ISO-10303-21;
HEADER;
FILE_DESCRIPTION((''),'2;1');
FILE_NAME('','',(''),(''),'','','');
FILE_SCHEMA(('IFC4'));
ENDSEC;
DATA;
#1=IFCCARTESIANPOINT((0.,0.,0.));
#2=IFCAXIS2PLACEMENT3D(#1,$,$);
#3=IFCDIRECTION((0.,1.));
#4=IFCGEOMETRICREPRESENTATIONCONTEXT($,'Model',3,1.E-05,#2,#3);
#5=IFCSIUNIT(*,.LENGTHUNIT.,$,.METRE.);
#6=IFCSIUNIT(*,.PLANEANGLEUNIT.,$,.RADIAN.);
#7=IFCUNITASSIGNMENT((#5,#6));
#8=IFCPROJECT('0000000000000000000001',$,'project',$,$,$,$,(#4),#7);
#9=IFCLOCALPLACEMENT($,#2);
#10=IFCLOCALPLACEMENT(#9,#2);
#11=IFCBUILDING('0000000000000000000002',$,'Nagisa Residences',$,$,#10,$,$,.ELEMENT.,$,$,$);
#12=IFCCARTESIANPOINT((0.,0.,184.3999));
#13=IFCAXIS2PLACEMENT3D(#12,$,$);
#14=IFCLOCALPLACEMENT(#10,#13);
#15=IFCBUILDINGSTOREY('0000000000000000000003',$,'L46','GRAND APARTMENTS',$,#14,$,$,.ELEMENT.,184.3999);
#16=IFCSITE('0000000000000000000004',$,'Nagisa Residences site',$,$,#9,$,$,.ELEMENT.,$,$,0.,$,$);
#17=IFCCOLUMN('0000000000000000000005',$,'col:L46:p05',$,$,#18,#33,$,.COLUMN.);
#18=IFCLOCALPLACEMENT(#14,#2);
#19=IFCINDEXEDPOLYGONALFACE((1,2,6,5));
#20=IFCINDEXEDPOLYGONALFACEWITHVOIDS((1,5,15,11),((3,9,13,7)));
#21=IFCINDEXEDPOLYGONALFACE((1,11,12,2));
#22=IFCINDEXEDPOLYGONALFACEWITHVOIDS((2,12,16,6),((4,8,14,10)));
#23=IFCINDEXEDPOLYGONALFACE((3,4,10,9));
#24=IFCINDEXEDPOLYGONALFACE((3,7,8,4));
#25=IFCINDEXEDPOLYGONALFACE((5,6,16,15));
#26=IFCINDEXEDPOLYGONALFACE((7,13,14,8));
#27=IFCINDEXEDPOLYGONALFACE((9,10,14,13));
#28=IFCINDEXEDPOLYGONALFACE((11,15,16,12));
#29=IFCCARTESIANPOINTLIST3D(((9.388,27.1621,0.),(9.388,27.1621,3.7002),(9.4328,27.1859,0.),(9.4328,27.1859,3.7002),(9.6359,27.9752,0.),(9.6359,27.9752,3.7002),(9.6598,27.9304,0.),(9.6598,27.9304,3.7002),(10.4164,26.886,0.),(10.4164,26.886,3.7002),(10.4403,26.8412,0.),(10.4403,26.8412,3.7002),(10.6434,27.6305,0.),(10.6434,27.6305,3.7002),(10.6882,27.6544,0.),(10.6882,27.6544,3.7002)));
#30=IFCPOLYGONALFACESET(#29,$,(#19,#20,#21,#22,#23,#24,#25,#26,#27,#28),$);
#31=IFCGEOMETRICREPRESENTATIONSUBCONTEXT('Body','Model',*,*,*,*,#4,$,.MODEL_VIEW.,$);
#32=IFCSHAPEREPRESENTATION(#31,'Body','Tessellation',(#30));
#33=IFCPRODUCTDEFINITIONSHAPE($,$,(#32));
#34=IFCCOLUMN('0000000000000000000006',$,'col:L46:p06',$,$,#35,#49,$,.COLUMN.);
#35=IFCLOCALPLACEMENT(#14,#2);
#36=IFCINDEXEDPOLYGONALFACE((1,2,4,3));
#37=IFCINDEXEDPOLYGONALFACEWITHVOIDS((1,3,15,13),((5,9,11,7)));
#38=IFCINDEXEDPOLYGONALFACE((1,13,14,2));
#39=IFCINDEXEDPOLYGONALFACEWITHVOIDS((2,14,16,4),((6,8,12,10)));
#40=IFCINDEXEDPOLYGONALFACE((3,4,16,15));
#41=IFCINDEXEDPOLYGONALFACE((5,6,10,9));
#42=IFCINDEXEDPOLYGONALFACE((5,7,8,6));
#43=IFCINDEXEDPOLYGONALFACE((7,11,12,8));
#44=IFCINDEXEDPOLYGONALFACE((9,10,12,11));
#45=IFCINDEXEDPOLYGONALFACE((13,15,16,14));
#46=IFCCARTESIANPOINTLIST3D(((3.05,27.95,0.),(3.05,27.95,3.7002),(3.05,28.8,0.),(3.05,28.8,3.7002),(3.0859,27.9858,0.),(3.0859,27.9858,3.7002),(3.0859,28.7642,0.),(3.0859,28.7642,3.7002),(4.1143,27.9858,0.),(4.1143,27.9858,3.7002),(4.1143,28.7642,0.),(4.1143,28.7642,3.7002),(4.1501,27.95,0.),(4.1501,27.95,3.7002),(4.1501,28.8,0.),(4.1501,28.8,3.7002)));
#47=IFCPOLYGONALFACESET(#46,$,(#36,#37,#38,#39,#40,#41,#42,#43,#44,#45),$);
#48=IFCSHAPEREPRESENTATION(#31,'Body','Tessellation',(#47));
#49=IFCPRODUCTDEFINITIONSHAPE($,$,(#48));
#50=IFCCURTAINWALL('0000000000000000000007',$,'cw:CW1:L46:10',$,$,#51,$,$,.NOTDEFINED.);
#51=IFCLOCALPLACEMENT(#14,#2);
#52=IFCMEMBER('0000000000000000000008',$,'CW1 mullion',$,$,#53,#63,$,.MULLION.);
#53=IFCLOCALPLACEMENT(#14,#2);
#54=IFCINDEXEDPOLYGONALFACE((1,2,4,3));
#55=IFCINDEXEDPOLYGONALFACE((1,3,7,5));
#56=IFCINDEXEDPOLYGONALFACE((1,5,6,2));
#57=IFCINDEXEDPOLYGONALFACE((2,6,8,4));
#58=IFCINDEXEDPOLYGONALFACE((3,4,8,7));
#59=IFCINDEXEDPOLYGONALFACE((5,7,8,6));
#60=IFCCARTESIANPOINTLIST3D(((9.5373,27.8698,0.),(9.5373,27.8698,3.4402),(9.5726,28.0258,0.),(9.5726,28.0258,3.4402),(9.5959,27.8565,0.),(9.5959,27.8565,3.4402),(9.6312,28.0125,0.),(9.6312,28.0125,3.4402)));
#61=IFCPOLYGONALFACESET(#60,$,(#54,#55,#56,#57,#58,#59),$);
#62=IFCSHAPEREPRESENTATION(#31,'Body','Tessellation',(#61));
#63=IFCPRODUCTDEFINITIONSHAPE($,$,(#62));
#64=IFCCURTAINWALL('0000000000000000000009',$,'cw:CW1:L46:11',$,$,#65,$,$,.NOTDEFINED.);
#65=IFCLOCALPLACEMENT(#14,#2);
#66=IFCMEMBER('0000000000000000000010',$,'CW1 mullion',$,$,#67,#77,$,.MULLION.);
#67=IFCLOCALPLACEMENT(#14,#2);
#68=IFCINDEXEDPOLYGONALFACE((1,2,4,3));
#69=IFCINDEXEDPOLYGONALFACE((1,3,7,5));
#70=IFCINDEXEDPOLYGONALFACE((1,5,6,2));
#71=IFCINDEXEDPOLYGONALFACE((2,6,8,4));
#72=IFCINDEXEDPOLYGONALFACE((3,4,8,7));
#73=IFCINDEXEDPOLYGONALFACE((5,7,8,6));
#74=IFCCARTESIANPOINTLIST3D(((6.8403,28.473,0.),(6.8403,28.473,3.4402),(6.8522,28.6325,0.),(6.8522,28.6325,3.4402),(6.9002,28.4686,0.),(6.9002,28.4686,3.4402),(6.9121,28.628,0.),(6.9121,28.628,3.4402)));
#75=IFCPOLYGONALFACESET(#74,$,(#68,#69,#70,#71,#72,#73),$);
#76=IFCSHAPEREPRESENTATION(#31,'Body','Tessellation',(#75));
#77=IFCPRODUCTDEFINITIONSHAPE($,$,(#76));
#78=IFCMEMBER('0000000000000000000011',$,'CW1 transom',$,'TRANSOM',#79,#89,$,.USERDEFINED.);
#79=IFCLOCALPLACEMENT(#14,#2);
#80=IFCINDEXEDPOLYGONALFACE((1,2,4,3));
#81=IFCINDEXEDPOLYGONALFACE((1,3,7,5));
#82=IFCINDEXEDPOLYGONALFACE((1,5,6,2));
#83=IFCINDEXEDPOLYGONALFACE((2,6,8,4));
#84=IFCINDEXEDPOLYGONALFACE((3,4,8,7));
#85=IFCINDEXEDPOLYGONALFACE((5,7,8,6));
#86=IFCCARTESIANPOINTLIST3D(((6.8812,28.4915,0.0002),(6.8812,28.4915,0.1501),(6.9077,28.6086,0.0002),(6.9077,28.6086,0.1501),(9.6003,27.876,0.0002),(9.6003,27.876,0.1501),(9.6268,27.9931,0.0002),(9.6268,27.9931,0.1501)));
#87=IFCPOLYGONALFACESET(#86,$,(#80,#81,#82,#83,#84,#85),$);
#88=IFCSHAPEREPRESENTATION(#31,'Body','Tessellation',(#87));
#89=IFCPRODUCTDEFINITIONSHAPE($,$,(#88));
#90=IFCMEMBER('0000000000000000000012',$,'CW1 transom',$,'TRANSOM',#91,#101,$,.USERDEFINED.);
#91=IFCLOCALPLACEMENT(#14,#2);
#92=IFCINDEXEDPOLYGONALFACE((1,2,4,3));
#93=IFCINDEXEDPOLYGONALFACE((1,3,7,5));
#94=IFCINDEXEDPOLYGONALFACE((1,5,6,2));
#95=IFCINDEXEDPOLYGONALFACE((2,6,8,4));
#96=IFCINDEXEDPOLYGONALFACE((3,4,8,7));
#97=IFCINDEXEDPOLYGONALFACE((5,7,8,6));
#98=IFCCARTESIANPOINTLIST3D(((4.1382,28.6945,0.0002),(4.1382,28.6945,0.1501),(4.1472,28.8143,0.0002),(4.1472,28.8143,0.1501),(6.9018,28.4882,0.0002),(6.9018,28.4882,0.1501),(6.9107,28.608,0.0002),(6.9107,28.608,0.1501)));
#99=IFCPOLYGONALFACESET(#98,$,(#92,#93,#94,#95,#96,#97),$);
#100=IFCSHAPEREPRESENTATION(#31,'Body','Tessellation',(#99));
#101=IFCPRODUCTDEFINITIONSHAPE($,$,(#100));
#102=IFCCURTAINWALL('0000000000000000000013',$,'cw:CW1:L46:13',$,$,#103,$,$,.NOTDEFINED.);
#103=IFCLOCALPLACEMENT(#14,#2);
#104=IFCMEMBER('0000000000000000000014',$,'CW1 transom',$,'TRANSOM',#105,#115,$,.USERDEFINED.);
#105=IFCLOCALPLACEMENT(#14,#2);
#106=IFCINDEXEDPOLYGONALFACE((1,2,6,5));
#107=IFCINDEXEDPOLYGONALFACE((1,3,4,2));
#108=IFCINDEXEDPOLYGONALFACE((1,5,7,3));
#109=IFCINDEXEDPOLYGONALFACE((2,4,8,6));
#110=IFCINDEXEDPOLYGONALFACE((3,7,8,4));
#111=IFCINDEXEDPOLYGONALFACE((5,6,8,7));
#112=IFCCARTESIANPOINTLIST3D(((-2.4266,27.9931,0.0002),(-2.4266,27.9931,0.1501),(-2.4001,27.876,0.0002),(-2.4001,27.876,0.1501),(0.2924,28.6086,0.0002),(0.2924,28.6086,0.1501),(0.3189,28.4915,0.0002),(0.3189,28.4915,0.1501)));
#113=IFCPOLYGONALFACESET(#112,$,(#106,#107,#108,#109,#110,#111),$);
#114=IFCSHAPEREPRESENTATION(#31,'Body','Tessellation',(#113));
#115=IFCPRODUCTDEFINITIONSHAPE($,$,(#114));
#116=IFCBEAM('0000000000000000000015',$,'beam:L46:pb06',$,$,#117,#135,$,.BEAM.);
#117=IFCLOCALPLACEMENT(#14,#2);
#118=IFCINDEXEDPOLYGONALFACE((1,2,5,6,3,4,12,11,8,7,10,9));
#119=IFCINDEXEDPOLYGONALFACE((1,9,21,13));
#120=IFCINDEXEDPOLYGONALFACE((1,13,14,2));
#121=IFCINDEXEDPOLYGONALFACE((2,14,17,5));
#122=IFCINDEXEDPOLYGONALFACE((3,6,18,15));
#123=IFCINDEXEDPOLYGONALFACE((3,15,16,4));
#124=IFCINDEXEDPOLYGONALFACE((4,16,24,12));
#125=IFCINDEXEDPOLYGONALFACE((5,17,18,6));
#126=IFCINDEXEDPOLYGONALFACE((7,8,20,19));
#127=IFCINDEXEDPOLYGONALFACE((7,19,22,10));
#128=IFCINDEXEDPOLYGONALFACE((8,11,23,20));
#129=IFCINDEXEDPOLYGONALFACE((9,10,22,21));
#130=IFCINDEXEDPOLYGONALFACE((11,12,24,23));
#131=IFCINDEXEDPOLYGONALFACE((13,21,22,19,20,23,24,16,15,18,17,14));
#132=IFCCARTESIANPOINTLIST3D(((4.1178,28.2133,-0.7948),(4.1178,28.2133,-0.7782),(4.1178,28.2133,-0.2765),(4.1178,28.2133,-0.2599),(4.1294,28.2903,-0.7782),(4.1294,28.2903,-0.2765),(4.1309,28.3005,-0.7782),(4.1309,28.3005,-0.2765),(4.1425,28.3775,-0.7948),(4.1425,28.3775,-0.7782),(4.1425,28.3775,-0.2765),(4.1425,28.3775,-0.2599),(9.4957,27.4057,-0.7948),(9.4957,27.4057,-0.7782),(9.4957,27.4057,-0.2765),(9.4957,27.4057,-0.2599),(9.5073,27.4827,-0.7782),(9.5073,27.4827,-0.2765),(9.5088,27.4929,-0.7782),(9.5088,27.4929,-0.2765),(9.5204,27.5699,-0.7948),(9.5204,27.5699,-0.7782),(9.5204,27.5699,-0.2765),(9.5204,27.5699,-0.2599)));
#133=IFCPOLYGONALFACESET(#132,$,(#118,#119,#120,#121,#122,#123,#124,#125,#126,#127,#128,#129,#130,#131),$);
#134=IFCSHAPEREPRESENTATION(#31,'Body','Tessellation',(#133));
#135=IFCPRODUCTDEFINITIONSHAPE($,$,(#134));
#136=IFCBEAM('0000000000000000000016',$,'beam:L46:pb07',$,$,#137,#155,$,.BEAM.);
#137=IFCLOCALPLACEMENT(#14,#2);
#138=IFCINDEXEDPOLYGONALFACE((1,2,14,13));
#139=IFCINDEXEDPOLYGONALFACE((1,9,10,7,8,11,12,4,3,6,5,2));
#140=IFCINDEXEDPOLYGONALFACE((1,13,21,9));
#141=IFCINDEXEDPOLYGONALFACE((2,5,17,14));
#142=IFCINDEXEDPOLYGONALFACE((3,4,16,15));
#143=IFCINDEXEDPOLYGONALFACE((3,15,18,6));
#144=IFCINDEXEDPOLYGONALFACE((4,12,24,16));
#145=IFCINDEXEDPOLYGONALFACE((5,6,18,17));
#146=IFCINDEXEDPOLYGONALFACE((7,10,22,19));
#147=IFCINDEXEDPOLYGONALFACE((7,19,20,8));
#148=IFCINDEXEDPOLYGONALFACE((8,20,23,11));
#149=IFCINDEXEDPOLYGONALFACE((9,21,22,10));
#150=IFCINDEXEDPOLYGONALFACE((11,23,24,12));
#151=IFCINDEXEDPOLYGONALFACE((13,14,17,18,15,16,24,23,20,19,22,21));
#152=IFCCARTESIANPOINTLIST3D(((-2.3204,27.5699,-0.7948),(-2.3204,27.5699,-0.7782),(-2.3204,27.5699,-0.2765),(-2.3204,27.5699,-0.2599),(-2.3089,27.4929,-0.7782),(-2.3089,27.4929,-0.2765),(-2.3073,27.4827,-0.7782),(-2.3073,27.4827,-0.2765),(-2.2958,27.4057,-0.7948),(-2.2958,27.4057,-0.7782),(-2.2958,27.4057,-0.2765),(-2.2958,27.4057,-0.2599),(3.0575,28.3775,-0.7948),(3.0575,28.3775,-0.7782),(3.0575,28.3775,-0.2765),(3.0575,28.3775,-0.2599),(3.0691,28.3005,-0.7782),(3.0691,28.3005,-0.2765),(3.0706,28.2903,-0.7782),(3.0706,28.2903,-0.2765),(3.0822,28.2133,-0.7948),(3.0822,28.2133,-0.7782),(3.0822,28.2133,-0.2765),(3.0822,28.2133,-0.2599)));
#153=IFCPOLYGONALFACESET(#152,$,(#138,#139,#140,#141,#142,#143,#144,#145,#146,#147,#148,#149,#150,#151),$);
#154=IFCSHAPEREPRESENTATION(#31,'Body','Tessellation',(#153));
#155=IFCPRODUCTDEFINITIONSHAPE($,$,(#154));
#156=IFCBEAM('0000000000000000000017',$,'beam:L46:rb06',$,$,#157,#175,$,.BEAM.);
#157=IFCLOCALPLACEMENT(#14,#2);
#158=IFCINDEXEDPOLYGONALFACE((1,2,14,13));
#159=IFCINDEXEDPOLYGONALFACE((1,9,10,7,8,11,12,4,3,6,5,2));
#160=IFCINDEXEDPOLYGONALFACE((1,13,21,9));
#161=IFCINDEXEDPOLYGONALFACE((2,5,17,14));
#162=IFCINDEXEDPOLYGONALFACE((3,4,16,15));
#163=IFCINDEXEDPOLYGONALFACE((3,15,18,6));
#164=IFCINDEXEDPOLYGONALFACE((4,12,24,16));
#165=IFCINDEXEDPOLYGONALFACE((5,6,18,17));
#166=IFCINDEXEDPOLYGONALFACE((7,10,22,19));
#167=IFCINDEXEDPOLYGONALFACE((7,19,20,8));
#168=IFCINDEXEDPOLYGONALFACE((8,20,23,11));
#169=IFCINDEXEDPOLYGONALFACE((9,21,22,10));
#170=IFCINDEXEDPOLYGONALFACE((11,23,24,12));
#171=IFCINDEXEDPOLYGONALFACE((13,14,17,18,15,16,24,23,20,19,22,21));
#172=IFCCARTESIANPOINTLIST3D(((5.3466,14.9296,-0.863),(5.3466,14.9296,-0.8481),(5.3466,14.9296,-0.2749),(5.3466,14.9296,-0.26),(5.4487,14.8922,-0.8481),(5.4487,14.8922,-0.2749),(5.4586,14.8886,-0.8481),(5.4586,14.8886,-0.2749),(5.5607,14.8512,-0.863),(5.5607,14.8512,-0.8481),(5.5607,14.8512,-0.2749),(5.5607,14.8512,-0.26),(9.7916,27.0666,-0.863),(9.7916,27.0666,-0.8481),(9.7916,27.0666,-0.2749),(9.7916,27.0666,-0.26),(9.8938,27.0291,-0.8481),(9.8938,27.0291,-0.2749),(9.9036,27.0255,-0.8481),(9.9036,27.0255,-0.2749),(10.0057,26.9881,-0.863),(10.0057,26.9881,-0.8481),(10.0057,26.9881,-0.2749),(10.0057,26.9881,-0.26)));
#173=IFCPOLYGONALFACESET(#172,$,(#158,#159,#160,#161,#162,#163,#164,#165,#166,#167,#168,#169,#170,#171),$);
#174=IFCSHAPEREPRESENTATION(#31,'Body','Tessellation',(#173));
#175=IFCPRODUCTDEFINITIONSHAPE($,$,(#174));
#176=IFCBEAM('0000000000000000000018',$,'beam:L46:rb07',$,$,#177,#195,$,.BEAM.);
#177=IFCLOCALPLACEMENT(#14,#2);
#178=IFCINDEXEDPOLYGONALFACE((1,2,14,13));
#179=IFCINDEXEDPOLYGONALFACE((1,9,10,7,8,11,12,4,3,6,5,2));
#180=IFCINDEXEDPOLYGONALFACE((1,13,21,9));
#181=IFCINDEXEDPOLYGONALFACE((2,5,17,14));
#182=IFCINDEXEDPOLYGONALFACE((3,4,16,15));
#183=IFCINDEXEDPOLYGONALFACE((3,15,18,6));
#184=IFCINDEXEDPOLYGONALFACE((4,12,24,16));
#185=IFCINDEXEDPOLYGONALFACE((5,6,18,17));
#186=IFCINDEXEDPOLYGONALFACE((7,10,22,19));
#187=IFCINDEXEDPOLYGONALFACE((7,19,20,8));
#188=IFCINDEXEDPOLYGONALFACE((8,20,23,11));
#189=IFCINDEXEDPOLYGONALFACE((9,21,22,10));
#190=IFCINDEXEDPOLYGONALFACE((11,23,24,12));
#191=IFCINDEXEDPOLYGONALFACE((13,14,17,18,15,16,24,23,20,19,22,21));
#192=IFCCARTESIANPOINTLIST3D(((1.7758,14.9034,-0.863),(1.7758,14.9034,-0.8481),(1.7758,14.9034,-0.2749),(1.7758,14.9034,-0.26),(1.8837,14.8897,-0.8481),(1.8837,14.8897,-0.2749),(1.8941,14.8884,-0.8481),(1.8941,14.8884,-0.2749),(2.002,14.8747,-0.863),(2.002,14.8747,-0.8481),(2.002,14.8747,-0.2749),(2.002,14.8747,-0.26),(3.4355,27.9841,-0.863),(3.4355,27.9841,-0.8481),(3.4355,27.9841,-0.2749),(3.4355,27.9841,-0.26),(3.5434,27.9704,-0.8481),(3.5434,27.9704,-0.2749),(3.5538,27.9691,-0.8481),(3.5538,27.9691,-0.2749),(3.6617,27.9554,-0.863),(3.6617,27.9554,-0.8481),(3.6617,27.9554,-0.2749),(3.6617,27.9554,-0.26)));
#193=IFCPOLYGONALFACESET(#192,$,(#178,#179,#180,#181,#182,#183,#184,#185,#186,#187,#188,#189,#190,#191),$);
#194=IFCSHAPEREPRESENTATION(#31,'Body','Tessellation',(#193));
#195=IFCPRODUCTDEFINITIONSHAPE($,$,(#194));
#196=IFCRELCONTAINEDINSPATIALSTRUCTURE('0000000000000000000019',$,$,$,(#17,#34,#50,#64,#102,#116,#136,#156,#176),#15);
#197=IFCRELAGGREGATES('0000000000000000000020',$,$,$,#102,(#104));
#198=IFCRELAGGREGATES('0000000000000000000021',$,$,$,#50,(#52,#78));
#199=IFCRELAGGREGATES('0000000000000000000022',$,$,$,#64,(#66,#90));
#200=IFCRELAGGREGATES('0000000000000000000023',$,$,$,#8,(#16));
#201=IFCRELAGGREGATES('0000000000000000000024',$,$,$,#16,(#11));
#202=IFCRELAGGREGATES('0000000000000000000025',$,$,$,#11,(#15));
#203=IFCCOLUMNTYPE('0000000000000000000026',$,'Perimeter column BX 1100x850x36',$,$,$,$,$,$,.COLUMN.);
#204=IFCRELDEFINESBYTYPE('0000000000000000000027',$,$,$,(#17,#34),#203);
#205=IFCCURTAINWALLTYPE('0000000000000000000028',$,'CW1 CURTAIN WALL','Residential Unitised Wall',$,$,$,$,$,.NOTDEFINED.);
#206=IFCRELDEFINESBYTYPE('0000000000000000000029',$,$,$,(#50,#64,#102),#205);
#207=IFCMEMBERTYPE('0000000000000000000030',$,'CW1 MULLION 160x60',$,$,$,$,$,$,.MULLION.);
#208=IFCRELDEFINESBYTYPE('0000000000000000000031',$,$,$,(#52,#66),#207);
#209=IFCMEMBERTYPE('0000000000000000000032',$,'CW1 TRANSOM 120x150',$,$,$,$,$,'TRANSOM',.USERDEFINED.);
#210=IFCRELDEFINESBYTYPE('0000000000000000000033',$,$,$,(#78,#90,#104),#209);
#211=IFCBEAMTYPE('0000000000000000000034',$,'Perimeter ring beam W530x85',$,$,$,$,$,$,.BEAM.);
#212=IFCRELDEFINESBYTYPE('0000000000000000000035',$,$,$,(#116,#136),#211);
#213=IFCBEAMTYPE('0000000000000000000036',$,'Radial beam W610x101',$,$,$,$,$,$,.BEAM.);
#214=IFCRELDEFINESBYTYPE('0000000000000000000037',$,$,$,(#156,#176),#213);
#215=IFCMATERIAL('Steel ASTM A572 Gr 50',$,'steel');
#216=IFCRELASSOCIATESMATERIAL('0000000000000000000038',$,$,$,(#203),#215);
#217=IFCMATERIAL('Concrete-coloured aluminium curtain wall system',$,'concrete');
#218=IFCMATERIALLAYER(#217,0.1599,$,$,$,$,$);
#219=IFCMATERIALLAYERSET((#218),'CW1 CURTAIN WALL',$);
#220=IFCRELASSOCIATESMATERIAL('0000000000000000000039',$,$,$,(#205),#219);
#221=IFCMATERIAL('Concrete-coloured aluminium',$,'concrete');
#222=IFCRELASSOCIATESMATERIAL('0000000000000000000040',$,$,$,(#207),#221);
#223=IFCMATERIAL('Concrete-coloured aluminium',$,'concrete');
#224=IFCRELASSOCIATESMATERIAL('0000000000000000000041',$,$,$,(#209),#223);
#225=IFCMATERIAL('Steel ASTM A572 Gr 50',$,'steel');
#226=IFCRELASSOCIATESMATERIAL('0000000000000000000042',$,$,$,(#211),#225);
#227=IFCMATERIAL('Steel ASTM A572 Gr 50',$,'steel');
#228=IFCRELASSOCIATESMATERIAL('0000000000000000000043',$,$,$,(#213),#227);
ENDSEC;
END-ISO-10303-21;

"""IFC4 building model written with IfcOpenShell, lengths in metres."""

from ifc_helpers import new_model, si_unit, direction, frame, origin, origin_2d, place, context, subcontext, project, spatial, rectangle, hollow_rectangle, i_section, extrude, material, layer, layer_set, material_profile, profile_set, type_object, element, aggregate, save


model = new_model("IFC4")

# Units and contexts
model_context = context("Model", 3, precision=1e-05, world=origin(), true_north=direction((0.0, 1.0)))
body_context = subcontext(model_context, "Body", "Model", "MODEL_VIEW")
ifc_project = project(units=[si_unit("LENGTHUNIT", "METRE"), si_unit("PLANEANGLEUNIT", "RADIAN")], contexts=[model_context])

# Site, building, storey
site_placement = place(None, origin())
site = spatial("IfcSite", under=ifc_project, at=site_placement, Name="Nagisa Residences site", CompositionType="ELEMENT", RefElevation=0.0)
building_placement = place(site_placement, origin())
building = spatial("IfcBuilding", under=site, at=building_placement, Name="Nagisa Residences", CompositionType="ELEMENT")
storey_placement = place(building_placement, frame((0.0, 0.0, 184.3999)))
storey = spatial("IfcBuildingStorey", under=building, at=storey_placement, Name="L46", Description="GRAND APARTMENTS", CompositionType="ELEMENT", Elevation=184.3999)

# Columns
ifc_material_1 = material(Name="Steel ASTM A572 Gr 50", Category="steel")
ifc_material_profile_1 = material_profile(ifc_material_1, hollow_rectangle(XDim=1.1001, YDim=0.8501, WallThickness=0.0359, at=origin_2d()), Name="BX 1100x850x36")
ifc_profile_set_1 = profile_set([ifc_material_profile_1], Name="Steel ASTM A572 Gr 50")
column_type = type_object("IfcColumnType", Name="Perimeter column BX 1100x850x36", PredefinedType="COLUMN", material=ifc_profile_set_1)
for number, where, z_axis, x_axis, name in (
    (1, (10.0381, 27.4082, 0.0), (0.0, 0.0, 1.0), (-0.956525, 0.291652, 0.0), "col:L46:p05"),
    (2, (3.6001, 28.375, 0.0), (0.0, 0.0, 1.0), (-1.0, 0.0, 0.0), "col:L46:p06"),
):
    element("IfcColumn", number, at=place(storey_placement, frame(where, z_axis=z_axis, x_axis=x_axis)), inside=storey, type_object=column_type, Name=name, PredefinedType="COLUMN", context=body_context, shape_type="SweptSolid", body=[
        extrude(hollow_rectangle(XDim=1.1001, YDim=0.8501, WallThickness=0.0359, at=origin_2d()), origin(), (0.0, 0.0, 1.0), 3.7002),
    ])

# Curtain walls, members
ifc_material_2 = material(Name="Concrete-coloured aluminium curtain wall system", Category="concrete")
ifc_layer_1 = layer(ifc_material_2, 0.1599)
ifc_layer_set_1 = layer_set([ifc_layer_1], Name="CW1 CURTAIN WALL")
curtain_wall_type = type_object("IfcCurtainWallType", Name="CW1 CURTAIN WALL", Description="Residential Unitised Wall", PredefinedType="NOTDEFINED", material=ifc_layer_set_1)
curtain_wall_1_placement = place(storey_placement, origin())
curtain_wall_1 = element("IfcCurtainWall", 3, at=curtain_wall_1_placement, inside=storey, type_object=curtain_wall_type, Name="cw:CW1:L46:10", PredefinedType="NOTDEFINED")
ifc_material_3 = material(Name="Concrete-coloured aluminium", Category="concrete")
ifc_material_profile_2 = material_profile(ifc_material_3, rectangle(XDim=0.1599, YDim=0.0601, at=origin_2d()), Name="CW1 MULLION 160x60")
ifc_profile_set_2 = profile_set([ifc_material_profile_2], Name="Concrete-coloured aluminium")
member_type_1 = type_object("IfcMemberType", Name="CW1 MULLION 160x60", PredefinedType="MULLION", material=ifc_profile_set_2)
member_1_placement = place(storey_placement, frame((9.5842, 27.9412, 0.0), z_axis=(0.0, 0.0, 1.0), x_axis=(-0.220764, -0.975327, 0.0)))
member_1 = element("IfcMember", 4, at=member_1_placement, type_object=member_type_1, Name="CW1 mullion", PredefinedType="MULLION", context=body_context, shape_type="SweptSolid", body=[
    extrude(rectangle(XDim=0.1599, YDim=0.0601, at=origin_2d()), origin(), (0.0, 0.0, 1.0), 3.4402),
])
curtain_wall_2_placement = place(storey_placement, origin())
curtain_wall_2 = element("IfcCurtainWall", 5, at=curtain_wall_2_placement, inside=storey, type_object=curtain_wall_type, Name="cw:CW1:L46:11", PredefinedType="NOTDEFINED")
member_2_placement = place(storey_placement, frame((6.8762, 28.5505, 0.0), z_axis=(0.0, 0.0, 1.0), x_axis=(-0.074377, -0.99723, 0.0)))
member_2 = element("IfcMember", 6, at=member_2_placement, type_object=member_type_1, Name="CW1 mullion", PredefinedType="MULLION", context=body_context, shape_type="SweptSolid", body=[
    extrude(rectangle(XDim=0.1599, YDim=0.0601, at=origin_2d()), origin(), (0.0, 0.0, 1.0), 3.4402),
])

# Members
ifc_material_4 = material(Name="Concrete-coloured aluminium", Category="concrete")
ifc_material_profile_3 = material_profile(ifc_material_4, rectangle(XDim=0.1201, YDim=0.1499, at=origin_2d()), Name="CW1 TRANSOM 120x150")
ifc_profile_set_3 = profile_set([ifc_material_profile_3], Name="Concrete-coloured aluminium")
member_type_2 = type_object("IfcMemberType", Name="CW1 TRANSOM 120x150", ElementType="TRANSOM", PredefinedType="USERDEFINED", material=ifc_profile_set_3)
member_3_placement = place(storey_placement, frame((9.6135, 27.9346, 0.0752), z_axis=(-0.975324, 0.220777, 0.0), x_axis=(-0.220777, -0.975324, 0.0)))
member_3 = element("IfcMember", 7, at=member_3_placement, type_object=member_type_2, Name="CW1 transom", ObjectType="TRANSOM", PredefinedType="USERDEFINED", context=body_context, shape_type="SweptSolid", body=[
    extrude(rectangle(XDim=0.1201, YDim=0.1499, at=origin_2d()), origin(), (0.0, 0.0, 1.0), 2.7878),
])
member_4_placement = place(storey_placement, frame((6.9062, 28.5481, 0.0752), z_axis=(-0.997226, 0.07444, 0.0), x_axis=(-0.07444, -0.997226, 0.0)))
member_4 = element("IfcMember", 8, at=member_4_placement, type_object=member_type_2, Name="CW1 transom", ObjectType="TRANSOM", PredefinedType="USERDEFINED", context=body_context, shape_type="SweptSolid", body=[
    extrude(rectangle(XDim=0.1201, YDim=0.1499, at=origin_2d()), origin(), (0.0, 0.0, 1.0), 2.7712),
])

# Curtain wall, member
curtain_wall_3_placement = place(storey_placement, origin())
curtain_wall_3 = element("IfcCurtainWall", 9, at=curtain_wall_3_placement, inside=storey, type_object=curtain_wall_type, Name="cw:CW1:L46:13", PredefinedType="NOTDEFINED")
member_5_placement = place(storey_placement, frame((0.3057, 28.55, 0.0752), z_axis=(-0.975324, -0.220777, 0.0), x_axis=(0.220777, -0.975324, 0.0)))
member_5 = element("IfcMember", 10, at=member_5_placement, type_object=member_type_2, Name="CW1 transom", ObjectType="TRANSOM", PredefinedType="USERDEFINED", context=body_context, shape_type="SweptSolid", body=[
    extrude(rectangle(XDim=0.1201, YDim=0.1499, at=origin_2d()), origin(), (0.0, 0.0, 1.0), 2.7878),
])
aggregate(curtain_wall_3, [member_5])

# Beams
ifc_material_5 = material(Name="Steel ASTM A572 Gr 50", Category="steel")
ifc_material_profile_4 = material_profile(ifc_material_5, i_section(OverallWidth=0.166, OverallDepth=0.5349, WebThickness=0.0103, FlangeThickness=0.0166, at=origin_2d()), Name="W530x85")
ifc_profile_set_4 = profile_set([ifc_material_profile_4], Name="Steel ASTM A572 Gr 50")
beam_type_1 = type_object("IfcBeamType", Name="Perimeter ring beam W530x85", PredefinedType="BEAM", material=ifc_profile_set_4)
for number, where, z_axis, x_axis, name in (
    (11, (9.5081, 27.4878, -0.5273), (-0.988911, 0.148507, 0.0), (-0.148507, -0.988911, 0.0), "beam:L46:pb06"),
    (12, (3.0698, 28.2954, -0.5273), (-0.988911, -0.148507, 0.0), (0.148507, -0.988911, 0.0), "beam:L46:pb07"),
):
    element("IfcBeam", number, at=place(storey_placement, frame(where, z_axis=z_axis, x_axis=x_axis)), inside=storey, type_object=beam_type_1, Name=name, PredefinedType="BEAM", context=body_context, shape_type="SweptSolid", body=[
        extrude(i_section(OverallWidth=0.166, OverallDepth=0.5349, WebThickness=0.0103, FlangeThickness=0.0166, at=origin_2d()), origin(), (0.0, 0.0, 1.0), 5.4382),
    ])
ifc_material_6 = material(Name="Steel ASTM A572 Gr 50", Category="steel")
ifc_material_profile_5 = material_profile(ifc_material_6, i_section(OverallWidth=0.228, OverallDepth=0.603, WebThickness=0.0105, FlangeThickness=0.0149, at=origin_2d()), Name="W610x101")
ifc_profile_set_5 = profile_set([ifc_material_profile_5], Name="Steel ASTM A572 Gr 50")
beam_type_2 = type_object("IfcBeamType", Name="Radial beam W610x101", PredefinedType="BEAM", material=ifc_profile_set_5)
beam_1_placement = place(storey_placement, frame((9.8987, 27.0273, -0.5615), z_axis=(-0.343903, -0.939005, 0.0), x_axis=(0.939005, -0.343903, 0.0)))
element("IfcBeam", 13, at=beam_1_placement, inside=storey, type_object=beam_type_2, Name="beam:L46:rb06", PredefinedType="BEAM", context=body_context, shape_type="SweptSolid", body=[
    extrude(i_section(OverallWidth=0.228, OverallDepth=0.603, WebThickness=0.0105, FlangeThickness=0.0149, at=origin_2d()), origin(), (0.0, 0.0, 1.0), 12.9253),
])
beam_2_placement = place(storey_placement, frame((3.5486, 27.9697, -0.5615), z_axis=(-0.125871, -0.992047, 0.0), x_axis=(0.992047, -0.125871, 0.0)))
element("IfcBeam", 14, at=beam_2_placement, inside=storey, type_object=beam_type_2, Name="beam:L46:rb07", PredefinedType="BEAM", context=body_context, shape_type="SweptSolid", body=[
    extrude(i_section(OverallWidth=0.228, OverallDepth=0.603, WebThickness=0.0105, FlangeThickness=0.0149, at=origin_2d()), origin(), (0.0, 0.0, 1.0), 13.1855),
])

aggregate(curtain_wall_1, [member_1, member_3])
aggregate(curtain_wall_2, [member_2, member_4])

save(model, "model.ifc")
